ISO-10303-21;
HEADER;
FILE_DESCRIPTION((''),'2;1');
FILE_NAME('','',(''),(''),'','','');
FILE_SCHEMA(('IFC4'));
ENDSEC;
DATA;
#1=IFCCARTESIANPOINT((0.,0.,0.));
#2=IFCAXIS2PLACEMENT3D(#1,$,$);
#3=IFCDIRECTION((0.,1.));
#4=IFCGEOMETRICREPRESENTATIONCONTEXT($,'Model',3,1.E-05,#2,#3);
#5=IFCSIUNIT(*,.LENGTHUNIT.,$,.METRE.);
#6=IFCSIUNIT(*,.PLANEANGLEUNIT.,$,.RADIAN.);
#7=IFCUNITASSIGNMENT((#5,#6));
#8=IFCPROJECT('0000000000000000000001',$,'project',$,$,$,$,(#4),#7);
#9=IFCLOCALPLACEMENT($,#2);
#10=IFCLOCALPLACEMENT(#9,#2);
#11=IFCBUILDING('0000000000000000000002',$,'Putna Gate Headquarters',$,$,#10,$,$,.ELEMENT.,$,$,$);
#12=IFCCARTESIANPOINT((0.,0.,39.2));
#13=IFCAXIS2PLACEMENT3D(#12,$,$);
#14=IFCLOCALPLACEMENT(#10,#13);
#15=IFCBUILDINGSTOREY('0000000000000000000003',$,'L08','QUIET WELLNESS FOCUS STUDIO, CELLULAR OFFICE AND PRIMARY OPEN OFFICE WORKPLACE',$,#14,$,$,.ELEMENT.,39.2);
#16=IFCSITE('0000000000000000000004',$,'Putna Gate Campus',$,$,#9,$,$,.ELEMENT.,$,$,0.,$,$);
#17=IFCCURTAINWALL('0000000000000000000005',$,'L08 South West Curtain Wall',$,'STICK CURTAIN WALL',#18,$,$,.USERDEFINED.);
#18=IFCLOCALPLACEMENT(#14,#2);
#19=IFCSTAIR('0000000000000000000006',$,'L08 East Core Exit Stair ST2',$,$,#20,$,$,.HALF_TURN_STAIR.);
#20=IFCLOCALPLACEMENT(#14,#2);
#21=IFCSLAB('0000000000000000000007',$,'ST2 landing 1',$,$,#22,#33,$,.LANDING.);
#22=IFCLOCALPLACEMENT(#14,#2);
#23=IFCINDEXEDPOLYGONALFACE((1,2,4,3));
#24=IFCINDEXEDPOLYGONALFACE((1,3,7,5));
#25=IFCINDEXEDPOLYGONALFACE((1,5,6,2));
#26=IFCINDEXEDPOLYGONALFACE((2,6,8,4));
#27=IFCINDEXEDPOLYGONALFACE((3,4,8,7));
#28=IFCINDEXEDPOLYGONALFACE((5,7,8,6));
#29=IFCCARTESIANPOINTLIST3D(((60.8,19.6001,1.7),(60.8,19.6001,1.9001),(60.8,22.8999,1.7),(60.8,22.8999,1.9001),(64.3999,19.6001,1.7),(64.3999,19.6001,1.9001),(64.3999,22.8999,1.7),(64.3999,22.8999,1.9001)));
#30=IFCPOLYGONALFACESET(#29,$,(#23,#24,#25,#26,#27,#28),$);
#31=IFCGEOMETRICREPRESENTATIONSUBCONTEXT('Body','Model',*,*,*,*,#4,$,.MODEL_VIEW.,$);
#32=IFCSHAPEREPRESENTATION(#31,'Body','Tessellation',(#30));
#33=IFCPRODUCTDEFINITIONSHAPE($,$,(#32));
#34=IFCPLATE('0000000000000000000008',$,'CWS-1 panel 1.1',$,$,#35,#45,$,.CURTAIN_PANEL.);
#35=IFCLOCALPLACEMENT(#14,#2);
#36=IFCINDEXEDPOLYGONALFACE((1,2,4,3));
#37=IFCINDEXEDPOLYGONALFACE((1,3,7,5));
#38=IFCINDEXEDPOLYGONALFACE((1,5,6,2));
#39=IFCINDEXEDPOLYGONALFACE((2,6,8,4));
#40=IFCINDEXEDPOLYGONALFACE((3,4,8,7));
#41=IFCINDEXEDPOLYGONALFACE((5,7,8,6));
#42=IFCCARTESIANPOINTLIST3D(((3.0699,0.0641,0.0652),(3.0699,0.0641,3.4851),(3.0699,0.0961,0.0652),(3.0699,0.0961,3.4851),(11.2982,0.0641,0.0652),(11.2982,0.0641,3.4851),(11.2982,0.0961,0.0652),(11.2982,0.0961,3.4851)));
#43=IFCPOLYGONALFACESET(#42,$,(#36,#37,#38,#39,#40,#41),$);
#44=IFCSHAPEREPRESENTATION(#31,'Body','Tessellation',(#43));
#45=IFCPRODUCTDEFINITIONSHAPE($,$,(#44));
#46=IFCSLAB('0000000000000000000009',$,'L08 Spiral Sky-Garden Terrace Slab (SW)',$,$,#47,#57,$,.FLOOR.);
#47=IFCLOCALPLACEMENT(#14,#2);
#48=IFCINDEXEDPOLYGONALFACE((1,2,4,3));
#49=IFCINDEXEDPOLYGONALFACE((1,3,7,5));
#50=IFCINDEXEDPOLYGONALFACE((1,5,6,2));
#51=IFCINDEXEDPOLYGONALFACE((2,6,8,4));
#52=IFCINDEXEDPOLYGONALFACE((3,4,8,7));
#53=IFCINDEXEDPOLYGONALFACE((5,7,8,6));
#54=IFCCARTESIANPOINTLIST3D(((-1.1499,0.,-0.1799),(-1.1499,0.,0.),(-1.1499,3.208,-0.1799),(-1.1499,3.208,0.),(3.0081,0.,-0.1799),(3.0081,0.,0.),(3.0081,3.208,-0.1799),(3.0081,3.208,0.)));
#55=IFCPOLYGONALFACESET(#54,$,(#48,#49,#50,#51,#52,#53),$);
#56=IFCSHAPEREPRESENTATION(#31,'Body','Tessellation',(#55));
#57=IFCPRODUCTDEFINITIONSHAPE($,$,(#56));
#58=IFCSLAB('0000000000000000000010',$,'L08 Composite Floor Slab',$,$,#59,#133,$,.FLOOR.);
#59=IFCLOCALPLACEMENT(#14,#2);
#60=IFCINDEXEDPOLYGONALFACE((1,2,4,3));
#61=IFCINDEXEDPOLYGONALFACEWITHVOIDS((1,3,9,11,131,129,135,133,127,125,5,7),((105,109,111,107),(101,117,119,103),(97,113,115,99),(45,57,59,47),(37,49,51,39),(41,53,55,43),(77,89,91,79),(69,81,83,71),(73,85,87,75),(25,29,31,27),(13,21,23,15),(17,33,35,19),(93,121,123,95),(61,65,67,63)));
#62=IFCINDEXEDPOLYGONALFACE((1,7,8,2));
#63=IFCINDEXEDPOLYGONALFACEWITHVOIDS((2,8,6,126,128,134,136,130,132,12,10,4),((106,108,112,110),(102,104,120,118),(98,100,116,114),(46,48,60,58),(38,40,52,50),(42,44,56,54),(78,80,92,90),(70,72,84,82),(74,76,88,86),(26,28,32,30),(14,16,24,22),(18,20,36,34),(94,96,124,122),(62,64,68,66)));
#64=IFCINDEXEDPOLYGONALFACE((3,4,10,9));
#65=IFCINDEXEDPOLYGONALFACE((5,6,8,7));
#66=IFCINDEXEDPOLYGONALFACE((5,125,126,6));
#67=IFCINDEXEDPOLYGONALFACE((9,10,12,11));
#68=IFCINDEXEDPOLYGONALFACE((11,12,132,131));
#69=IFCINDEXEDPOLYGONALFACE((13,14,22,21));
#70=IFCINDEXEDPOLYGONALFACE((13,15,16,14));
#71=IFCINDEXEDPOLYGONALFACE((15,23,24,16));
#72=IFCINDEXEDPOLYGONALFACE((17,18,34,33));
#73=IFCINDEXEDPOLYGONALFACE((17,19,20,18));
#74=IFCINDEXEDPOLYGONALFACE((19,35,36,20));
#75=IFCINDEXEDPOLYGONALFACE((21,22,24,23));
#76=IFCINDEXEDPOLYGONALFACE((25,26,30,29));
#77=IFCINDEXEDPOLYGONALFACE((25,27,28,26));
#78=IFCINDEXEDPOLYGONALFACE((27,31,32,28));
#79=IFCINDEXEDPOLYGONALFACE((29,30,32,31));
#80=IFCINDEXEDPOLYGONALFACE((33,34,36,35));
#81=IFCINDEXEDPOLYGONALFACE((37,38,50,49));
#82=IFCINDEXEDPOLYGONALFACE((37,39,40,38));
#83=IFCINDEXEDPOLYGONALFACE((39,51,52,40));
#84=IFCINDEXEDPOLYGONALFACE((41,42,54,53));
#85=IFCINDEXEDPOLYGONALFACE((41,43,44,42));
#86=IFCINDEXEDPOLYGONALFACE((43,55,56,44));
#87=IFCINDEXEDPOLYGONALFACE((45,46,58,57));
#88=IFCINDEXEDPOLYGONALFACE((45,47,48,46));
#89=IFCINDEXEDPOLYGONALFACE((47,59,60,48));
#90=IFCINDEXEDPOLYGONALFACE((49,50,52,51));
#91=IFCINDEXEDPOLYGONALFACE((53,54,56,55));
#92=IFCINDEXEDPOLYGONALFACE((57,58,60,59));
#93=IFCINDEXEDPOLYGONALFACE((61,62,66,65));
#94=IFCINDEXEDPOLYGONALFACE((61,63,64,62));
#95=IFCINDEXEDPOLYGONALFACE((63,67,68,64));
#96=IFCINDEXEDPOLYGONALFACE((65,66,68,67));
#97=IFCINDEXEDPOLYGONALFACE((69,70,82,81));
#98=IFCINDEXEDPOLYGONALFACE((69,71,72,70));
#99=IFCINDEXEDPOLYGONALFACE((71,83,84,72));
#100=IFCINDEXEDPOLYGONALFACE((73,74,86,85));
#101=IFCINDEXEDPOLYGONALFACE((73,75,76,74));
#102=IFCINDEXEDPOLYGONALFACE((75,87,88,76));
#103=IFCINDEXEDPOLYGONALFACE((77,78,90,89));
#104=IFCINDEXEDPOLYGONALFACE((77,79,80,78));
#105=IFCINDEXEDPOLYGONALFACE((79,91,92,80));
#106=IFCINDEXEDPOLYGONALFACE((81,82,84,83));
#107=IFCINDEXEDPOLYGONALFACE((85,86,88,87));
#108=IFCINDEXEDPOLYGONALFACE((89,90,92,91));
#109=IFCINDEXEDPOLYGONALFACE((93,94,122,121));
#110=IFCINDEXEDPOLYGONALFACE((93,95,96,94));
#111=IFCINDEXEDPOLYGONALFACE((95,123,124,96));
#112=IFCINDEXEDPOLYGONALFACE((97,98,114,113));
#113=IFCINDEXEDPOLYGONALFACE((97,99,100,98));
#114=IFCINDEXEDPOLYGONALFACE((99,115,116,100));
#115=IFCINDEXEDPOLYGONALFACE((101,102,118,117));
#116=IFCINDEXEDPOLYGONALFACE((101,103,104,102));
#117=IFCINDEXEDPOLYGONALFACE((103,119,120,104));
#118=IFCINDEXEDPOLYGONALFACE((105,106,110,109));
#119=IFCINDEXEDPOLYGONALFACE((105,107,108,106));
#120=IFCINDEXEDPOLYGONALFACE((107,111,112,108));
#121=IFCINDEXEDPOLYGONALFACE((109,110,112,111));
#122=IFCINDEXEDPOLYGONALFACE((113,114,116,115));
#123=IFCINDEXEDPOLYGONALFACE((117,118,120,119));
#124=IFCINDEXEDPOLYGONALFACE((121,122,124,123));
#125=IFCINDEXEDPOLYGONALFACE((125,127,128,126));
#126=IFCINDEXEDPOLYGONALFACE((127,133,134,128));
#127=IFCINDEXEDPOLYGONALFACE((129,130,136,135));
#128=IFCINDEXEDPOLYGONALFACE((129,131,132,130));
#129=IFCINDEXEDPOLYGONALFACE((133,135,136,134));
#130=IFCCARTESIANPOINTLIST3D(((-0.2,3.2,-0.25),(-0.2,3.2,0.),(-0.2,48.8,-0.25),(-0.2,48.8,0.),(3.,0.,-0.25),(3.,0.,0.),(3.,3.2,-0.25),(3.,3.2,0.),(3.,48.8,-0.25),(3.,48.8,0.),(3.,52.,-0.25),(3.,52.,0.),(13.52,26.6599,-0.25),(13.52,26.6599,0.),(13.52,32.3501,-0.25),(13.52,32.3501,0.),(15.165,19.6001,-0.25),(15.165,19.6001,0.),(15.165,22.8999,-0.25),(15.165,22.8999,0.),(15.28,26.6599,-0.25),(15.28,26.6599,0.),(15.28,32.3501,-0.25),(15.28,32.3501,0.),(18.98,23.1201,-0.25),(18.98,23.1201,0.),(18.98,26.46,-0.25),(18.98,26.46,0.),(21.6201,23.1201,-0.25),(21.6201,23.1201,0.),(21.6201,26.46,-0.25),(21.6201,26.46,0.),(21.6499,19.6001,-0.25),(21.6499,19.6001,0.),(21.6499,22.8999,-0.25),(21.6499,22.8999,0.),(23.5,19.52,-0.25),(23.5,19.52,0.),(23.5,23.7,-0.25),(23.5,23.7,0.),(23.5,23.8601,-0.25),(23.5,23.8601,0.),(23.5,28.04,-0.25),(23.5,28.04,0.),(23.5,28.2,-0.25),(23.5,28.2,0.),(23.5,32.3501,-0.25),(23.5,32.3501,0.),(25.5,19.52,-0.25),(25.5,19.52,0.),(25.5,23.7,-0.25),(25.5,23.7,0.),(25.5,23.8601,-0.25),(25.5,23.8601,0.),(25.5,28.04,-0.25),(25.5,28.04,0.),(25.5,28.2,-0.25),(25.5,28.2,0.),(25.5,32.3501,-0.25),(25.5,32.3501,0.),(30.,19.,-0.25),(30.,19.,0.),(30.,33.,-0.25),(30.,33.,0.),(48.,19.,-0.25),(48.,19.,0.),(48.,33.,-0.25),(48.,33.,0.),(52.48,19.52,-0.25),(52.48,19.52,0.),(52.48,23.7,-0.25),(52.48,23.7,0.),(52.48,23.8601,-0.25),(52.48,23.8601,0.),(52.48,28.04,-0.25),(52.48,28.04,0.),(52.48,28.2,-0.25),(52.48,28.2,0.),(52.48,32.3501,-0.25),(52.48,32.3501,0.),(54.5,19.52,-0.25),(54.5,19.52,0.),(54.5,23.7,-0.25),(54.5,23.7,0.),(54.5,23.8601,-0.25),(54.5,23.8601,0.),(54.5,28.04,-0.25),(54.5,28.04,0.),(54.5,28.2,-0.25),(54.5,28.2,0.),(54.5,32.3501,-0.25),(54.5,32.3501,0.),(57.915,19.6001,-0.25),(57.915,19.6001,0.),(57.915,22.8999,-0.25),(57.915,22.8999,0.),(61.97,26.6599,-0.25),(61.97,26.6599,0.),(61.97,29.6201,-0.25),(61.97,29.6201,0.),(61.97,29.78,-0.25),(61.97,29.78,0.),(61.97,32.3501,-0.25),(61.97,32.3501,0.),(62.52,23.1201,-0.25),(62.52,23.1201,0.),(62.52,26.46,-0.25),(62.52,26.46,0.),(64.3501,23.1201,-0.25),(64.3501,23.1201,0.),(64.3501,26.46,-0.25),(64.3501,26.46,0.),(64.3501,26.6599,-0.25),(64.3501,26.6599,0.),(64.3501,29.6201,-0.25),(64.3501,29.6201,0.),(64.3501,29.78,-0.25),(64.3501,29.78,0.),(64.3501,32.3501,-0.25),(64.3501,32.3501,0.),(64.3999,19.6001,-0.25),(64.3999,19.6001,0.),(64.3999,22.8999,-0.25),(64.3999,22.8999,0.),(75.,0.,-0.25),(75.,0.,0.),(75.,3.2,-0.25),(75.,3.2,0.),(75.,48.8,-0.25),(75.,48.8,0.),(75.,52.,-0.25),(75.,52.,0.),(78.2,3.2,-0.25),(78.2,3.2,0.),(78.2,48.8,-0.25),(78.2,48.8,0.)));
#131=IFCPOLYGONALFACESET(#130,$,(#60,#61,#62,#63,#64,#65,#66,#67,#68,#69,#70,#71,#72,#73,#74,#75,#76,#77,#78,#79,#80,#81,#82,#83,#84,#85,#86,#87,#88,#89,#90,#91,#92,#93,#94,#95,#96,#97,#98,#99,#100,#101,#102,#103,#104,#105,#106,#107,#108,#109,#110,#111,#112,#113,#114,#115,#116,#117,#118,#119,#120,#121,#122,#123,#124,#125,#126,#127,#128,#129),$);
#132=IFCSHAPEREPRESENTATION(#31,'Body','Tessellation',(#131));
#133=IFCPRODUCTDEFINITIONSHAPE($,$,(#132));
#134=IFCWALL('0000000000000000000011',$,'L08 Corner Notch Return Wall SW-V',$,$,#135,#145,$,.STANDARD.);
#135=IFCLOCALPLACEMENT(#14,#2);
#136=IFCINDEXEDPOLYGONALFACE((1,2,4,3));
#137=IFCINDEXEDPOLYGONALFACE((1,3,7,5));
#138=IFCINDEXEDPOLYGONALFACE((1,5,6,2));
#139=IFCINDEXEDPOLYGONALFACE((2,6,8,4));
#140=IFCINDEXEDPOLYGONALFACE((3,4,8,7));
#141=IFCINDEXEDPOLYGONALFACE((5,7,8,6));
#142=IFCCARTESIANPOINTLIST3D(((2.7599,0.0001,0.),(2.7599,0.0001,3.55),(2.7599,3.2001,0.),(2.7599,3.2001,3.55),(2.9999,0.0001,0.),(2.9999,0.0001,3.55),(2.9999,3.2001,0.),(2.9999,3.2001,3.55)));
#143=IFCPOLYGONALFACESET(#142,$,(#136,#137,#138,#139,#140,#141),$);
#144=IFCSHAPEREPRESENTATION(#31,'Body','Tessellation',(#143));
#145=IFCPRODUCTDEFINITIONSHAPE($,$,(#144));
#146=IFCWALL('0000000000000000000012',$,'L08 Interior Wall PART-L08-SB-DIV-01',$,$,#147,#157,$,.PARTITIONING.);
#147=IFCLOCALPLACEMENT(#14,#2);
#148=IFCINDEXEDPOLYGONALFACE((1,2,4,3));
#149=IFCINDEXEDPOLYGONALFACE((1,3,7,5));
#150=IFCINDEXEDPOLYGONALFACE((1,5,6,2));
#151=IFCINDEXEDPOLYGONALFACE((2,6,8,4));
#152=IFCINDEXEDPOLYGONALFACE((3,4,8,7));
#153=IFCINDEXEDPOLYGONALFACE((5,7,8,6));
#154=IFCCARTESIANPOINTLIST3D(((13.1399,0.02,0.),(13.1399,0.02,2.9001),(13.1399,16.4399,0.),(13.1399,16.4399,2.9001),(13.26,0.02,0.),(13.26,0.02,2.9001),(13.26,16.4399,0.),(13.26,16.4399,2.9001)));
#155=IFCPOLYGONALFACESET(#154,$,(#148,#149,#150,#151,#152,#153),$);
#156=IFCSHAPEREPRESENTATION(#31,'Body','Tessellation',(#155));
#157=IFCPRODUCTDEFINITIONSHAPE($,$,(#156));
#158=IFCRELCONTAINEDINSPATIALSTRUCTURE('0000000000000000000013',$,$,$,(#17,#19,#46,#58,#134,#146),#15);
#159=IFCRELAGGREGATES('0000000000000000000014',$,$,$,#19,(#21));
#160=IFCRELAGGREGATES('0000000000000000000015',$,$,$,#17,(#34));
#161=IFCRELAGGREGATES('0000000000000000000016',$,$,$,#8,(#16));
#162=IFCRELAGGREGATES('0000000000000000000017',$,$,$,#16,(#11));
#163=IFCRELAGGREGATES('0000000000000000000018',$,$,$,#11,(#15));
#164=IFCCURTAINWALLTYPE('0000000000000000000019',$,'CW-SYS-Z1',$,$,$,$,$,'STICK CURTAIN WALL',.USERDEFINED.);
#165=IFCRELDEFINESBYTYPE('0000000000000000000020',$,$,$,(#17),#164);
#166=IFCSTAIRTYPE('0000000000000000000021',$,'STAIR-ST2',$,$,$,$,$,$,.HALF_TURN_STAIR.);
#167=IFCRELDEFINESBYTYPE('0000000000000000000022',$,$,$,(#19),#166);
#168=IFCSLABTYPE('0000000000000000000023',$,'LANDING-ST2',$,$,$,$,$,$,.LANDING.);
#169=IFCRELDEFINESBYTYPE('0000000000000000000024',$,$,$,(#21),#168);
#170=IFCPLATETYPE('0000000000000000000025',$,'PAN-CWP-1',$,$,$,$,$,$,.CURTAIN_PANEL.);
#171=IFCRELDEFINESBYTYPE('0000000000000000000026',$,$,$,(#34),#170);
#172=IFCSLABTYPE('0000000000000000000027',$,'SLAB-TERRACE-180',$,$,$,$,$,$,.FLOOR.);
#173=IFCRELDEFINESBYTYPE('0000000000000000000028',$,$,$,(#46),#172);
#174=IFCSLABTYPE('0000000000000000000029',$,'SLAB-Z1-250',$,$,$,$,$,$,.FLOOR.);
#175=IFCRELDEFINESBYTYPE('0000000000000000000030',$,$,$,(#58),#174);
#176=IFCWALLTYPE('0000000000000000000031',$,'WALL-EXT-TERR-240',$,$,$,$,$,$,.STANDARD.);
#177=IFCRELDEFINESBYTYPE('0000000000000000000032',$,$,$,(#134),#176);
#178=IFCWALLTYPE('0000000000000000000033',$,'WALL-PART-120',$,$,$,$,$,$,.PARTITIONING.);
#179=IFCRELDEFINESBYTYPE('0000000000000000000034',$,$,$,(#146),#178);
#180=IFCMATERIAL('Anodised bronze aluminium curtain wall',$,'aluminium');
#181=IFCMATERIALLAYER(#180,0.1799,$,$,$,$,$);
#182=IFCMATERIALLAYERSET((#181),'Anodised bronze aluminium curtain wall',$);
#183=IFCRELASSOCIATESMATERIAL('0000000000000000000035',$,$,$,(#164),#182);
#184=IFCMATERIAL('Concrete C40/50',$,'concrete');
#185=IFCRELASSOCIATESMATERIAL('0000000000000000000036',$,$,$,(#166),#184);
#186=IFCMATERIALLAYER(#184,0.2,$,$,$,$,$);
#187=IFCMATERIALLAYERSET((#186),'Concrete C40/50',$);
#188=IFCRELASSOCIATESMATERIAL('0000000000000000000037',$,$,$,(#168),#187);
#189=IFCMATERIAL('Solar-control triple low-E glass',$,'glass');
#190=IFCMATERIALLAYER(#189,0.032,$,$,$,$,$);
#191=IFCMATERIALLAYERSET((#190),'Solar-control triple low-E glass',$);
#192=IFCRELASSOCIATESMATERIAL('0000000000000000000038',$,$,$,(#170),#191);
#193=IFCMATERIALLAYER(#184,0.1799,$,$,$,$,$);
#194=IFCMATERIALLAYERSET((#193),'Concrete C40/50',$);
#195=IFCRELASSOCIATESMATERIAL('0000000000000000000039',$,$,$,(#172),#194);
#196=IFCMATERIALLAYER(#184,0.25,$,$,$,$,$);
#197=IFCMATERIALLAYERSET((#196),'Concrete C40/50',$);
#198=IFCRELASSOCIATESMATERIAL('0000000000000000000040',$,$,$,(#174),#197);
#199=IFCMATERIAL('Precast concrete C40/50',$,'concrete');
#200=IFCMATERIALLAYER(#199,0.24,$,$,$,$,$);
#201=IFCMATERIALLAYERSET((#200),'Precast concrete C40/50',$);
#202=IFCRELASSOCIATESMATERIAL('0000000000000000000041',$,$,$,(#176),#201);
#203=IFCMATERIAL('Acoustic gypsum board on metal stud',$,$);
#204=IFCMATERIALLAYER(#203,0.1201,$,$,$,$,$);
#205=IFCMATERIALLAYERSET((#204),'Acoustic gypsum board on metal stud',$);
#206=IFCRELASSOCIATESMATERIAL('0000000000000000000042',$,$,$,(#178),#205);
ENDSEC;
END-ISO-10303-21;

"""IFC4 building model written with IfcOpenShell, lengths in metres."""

from ifc_helpers import new_model, si_unit, direction, frame, frame_2d, origin, origin_2d, place, context, subcontext, project, spatial, polyline, rectangle, outline, extrude, material, layer, layer_set, type_object, element, aggregate, save


model = new_model("IFC4")

# Units and contexts
model_context = context("Model", 3, precision=1e-05, world=origin(), true_north=direction((0.0, 1.0)))
body_context = subcontext(model_context, "Body", "Model", "MODEL_VIEW")
ifc_project = project(units=[si_unit("LENGTHUNIT", "METRE"), si_unit("PLANEANGLEUNIT", "RADIAN")], contexts=[model_context])

# Site, building, storey
site_placement = place(None, origin())
site = spatial("IfcSite", under=ifc_project, at=site_placement, Name="Putna Gate Campus", CompositionType="ELEMENT", RefElevation=0.0)
building_placement = place(site_placement, origin())
building = spatial("IfcBuilding", under=site, at=building_placement, Name="Putna Gate Headquarters", CompositionType="ELEMENT")
storey_placement = place(building_placement, frame((0.0, 0.0, 39.2)))
storey = spatial("IfcBuildingStorey", under=building, at=storey_placement, Name="L08", Description="QUIET WELLNESS FOCUS STUDIO, CELLULAR OFFICE AND PRIMARY OPEN OFFICE WORKPLACE", CompositionType="ELEMENT", Elevation=39.2)

# Curtain wall
ifc_material_1 = material(Name="Anodised bronze aluminium curtain wall", Category="aluminium")
ifc_layer_1 = layer(ifc_material_1, 0.1799)
ifc_layer_set_1 = layer_set([ifc_layer_1], Name="Anodised bronze aluminium curtain wall")
curtain_wall_type = type_object("IfcCurtainWallType", Name="CW-SYS-Z1", ElementType="STICK CURTAIN WALL", PredefinedType="USERDEFINED", material=ifc_layer_set_1)
curtain_wall_placement = place(storey_placement, origin())
curtain_wall = element("IfcCurtainWall", 1, at=curtain_wall_placement, inside=storey, type_object=curtain_wall_type, Name="L08 South West Curtain Wall", ObjectType="STICK CURTAIN WALL", PredefinedType="USERDEFINED")

# Stair, slab
ifc_material_2 = material(Name="Concrete C40/50", Category="concrete")
stair_type_1 = type_object("IfcStairType", Name="STAIR-ST2", PredefinedType="HALF_TURN_STAIR", material=ifc_material_2)
stair_1_placement = place(storey_placement, origin())
stair_1 = element("IfcStair", 2, at=stair_1_placement, inside=storey, type_object=stair_type_1, Name="L08 East Core Exit Stair ST2", PredefinedType="HALF_TURN_STAIR")
ifc_layer_2 = layer(ifc_material_2, 0.2)
ifc_layer_set_2 = layer_set([ifc_layer_2], Name="Concrete C40/50")
slab_type_1 = type_object("IfcSlabType", Name="LANDING-ST2", PredefinedType="LANDING", material=ifc_layer_set_2)
slab_1_placement = place(storey_placement, frame((0.0, 0.0, 1.7)))
slab_1 = element("IfcSlab", 3, at=slab_1_placement, type_object=slab_type_1, Name="ST2 landing 1", PredefinedType="LANDING", context=body_context, shape_type="SweptSolid", body=[
    extrude(outline(polyline([(60.8, 19.6001), (64.3999, 19.6001), (64.3999, 22.8999), (60.8, 22.8999), (60.8, 19.6001)])), origin(), (0.0, 0.0, 1.0), 0.2002),
])
aggregate(stair_1, [slab_1])

# Plate
ifc_material_3 = material(Name="Solar-control triple low-E glass", Category="glass")
ifc_layer_3 = layer(ifc_material_3, 0.032)
ifc_layer_set_3 = layer_set([ifc_layer_3], Name="Solar-control triple low-E glass")
plate_type = type_object("IfcPlateType", Name="PAN-CWP-1", PredefinedType="CURTAIN_PANEL", material=ifc_layer_set_3)
plate_placement = place(storey_placement, frame((7.1841, 0.0801, 0.0652), z_axis=(0.0, 0.0, 1.0), x_axis=(1.0, 0.0, 0.0)))
plate = element("IfcPlate", 4, at=plate_placement, type_object=plate_type, Name="CWS-1 panel 1.1", PredefinedType="CURTAIN_PANEL", context=body_context, shape_type="SweptSolid", body=[
    extrude(rectangle(XDim=8.2283, YDim=0.032, at=origin_2d()), origin(), (0.0, 0.0, 1.0), 3.4199),
])
aggregate(curtain_wall, [plate])

# Slabs
ifc_layer_4 = layer(ifc_material_2, 0.1799)
ifc_layer_set_4 = layer_set([ifc_layer_4], Name="Concrete C40/50")
slab_type_2 = type_object("IfcSlabType", Name="SLAB-TERRACE-180", PredefinedType="FLOOR", material=ifc_layer_set_4)
slab_2_placement = place(storey_placement, frame((0.0, 0.0, -0.1799)))
element("IfcSlab", 5, at=slab_2_placement, inside=storey, type_object=slab_type_2, Name="L08 Spiral Sky-Garden Terrace Slab (SW)", PredefinedType="FLOOR", context=body_context, shape_type="SweptSolid", body=[
    extrude(outline(polyline([(-1.1499, 0.0), (3.0081, 0.0), (3.0081, 3.208), (-1.1499, 3.208), (-1.1499, 0.0)])), origin(), (0.0, 0.0, 1.0), 0.1799),
])
ifc_layer_5 = layer(ifc_material_2, 0.25)
ifc_layer_set_5 = layer_set([ifc_layer_5], Name="Concrete C40/50")
slab_type_3 = type_object("IfcSlabType", Name="SLAB-Z1-250", PredefinedType="FLOOR", material=ifc_layer_set_5)
slab_3_placement = place(storey_placement, frame((0.0, 0.0, -0.25)))
element("IfcSlab", 6, at=slab_3_placement, inside=storey, type_object=slab_type_3, Name="L08 Composite Floor Slab", PredefinedType="FLOOR", context=body_context, shape_type="SweptSolid", body=[
    extrude(outline(polyline([(3.0, 0.0), (75.0, 0.0), (75.0, 3.2), (78.2, 3.2), (78.2, 48.8), (75.0, 48.8), (75.0, 52.0), (3.0, 52.0), (3.0, 48.8), (-0.2, 48.8), (-0.2, 3.2), (3.0, 3.2), (3.0, 0.0)]), holes=[polyline([(15.165, 19.6001), (21.6499, 19.6001), (21.6499, 22.8999), (15.165, 22.8999), (15.165, 19.6001)]), polyline([(57.915, 19.6001), (64.3999, 19.6001), (64.3999, 22.8999), (57.915, 22.8999), (57.915, 19.6001)]), polyline([(13.52, 26.6599), (15.28, 26.6599), (15.28, 32.3501), (13.52, 32.3501), (13.52, 26.6599)]), polyline([(61.97, 29.78), (64.3501, 29.78), (64.3501, 32.3501), (61.97, 32.3501), (61.97, 29.78)]), polyline([(18.98, 23.1201), (21.6201, 23.1201), (21.6201, 26.46), (18.98, 26.46), (18.98, 23.1201)]), polyline([(62.52, 23.1201), (64.3501, 23.1201), (64.3501, 26.46), (62.52, 26.46), (62.52, 23.1201)]), polyline([(61.97, 26.6599), (64.3501, 26.6599), (64.3501, 29.6201), (61.97, 29.6201), (61.97, 26.6599)]), polyline([(23.5, 19.52), (25.5, 19.52), (25.5, 23.7), (23.5, 23.7), (23.5, 19.52)]), polyline([(52.48, 19.52), (54.5, 19.52), (54.5, 23.7), (52.48, 23.7), (52.48, 19.52)]), polyline([(23.5, 23.8601), (25.5, 23.8601), (25.5, 28.04), (23.5, 28.04), (23.5, 23.8601)]), polyline([(52.48, 23.8601), (54.5, 23.8601), (54.5, 28.04), (52.48, 28.04), (52.48, 23.8601)]), polyline([(23.5, 28.2), (25.5, 28.2), (25.5, 32.3501), (23.5, 32.3501), (23.5, 28.2)]), polyline([(52.48, 28.2), (54.5, 28.2), (54.5, 32.3501), (52.48, 32.3501), (52.48, 28.2)]), polyline([(30.0, 19.0), (48.0, 19.0), (48.0, 33.0), (30.0, 33.0), (30.0, 19.0)])]), origin(), (0.0, 0.0, 1.0), 0.25),
])

# Walls
ifc_material_4 = material(Name="Precast concrete C40/50", Category="concrete")
ifc_layer_6 = layer(ifc_material_4, 0.24)
ifc_layer_set_6 = layer_set([ifc_layer_6], Name="Precast concrete C40/50")
wall_type_1 = type_object("IfcWallType", Name="WALL-EXT-TERR-240", PredefinedType="STANDARD", material=ifc_layer_set_6)
wall_1_placement = place(storey_placement, frame((2.8799, 0.0, 0.0), z_axis=(0.0, 0.0, 1.0), x_axis=(0.0, 1.0, 0.0)))
element("IfcWall", 7, at=wall_1_placement, inside=storey, type_object=wall_type_1, Name="L08 Corner Notch Return Wall SW-V", PredefinedType="STANDARD", context=body_context, shape_type="SweptSolid", body=[
    extrude(rectangle(XDim=3.2, YDim=0.24, at=frame_2d((1.6001, 0.0))), origin(), (0.0, 0.0, 1.0), 3.55),
])
ifc_material_5 = material(Name="Acoustic gypsum board on metal stud")
ifc_layer_7 = layer(ifc_material_5, 0.1201)
ifc_layer_set_7 = layer_set([ifc_layer_7], Name="Acoustic gypsum board on metal stud")
wall_type_2 = type_object("IfcWallType", Name="WALL-PART-120", PredefinedType="PARTITIONING", material=ifc_layer_set_7)
wall_2_placement = place(storey_placement, frame((13.2, 0.02, 0.0), z_axis=(0.0, 0.0, 1.0), x_axis=(0.0, 1.0, 0.0)))
element("IfcWall", 8, at=wall_2_placement, inside=storey, type_object=wall_type_2, Name="L08 Interior Wall PART-L08-SB-DIV-01", PredefinedType="PARTITIONING", context=body_context, shape_type="SweptSolid", body=[
    extrude(rectangle(XDim=16.4199, YDim=0.1201, at=frame_2d((8.21, 0.0))), origin(), (0.0, 0.0, 1.0), 2.9001),
])

save(model, "model.ifc")
